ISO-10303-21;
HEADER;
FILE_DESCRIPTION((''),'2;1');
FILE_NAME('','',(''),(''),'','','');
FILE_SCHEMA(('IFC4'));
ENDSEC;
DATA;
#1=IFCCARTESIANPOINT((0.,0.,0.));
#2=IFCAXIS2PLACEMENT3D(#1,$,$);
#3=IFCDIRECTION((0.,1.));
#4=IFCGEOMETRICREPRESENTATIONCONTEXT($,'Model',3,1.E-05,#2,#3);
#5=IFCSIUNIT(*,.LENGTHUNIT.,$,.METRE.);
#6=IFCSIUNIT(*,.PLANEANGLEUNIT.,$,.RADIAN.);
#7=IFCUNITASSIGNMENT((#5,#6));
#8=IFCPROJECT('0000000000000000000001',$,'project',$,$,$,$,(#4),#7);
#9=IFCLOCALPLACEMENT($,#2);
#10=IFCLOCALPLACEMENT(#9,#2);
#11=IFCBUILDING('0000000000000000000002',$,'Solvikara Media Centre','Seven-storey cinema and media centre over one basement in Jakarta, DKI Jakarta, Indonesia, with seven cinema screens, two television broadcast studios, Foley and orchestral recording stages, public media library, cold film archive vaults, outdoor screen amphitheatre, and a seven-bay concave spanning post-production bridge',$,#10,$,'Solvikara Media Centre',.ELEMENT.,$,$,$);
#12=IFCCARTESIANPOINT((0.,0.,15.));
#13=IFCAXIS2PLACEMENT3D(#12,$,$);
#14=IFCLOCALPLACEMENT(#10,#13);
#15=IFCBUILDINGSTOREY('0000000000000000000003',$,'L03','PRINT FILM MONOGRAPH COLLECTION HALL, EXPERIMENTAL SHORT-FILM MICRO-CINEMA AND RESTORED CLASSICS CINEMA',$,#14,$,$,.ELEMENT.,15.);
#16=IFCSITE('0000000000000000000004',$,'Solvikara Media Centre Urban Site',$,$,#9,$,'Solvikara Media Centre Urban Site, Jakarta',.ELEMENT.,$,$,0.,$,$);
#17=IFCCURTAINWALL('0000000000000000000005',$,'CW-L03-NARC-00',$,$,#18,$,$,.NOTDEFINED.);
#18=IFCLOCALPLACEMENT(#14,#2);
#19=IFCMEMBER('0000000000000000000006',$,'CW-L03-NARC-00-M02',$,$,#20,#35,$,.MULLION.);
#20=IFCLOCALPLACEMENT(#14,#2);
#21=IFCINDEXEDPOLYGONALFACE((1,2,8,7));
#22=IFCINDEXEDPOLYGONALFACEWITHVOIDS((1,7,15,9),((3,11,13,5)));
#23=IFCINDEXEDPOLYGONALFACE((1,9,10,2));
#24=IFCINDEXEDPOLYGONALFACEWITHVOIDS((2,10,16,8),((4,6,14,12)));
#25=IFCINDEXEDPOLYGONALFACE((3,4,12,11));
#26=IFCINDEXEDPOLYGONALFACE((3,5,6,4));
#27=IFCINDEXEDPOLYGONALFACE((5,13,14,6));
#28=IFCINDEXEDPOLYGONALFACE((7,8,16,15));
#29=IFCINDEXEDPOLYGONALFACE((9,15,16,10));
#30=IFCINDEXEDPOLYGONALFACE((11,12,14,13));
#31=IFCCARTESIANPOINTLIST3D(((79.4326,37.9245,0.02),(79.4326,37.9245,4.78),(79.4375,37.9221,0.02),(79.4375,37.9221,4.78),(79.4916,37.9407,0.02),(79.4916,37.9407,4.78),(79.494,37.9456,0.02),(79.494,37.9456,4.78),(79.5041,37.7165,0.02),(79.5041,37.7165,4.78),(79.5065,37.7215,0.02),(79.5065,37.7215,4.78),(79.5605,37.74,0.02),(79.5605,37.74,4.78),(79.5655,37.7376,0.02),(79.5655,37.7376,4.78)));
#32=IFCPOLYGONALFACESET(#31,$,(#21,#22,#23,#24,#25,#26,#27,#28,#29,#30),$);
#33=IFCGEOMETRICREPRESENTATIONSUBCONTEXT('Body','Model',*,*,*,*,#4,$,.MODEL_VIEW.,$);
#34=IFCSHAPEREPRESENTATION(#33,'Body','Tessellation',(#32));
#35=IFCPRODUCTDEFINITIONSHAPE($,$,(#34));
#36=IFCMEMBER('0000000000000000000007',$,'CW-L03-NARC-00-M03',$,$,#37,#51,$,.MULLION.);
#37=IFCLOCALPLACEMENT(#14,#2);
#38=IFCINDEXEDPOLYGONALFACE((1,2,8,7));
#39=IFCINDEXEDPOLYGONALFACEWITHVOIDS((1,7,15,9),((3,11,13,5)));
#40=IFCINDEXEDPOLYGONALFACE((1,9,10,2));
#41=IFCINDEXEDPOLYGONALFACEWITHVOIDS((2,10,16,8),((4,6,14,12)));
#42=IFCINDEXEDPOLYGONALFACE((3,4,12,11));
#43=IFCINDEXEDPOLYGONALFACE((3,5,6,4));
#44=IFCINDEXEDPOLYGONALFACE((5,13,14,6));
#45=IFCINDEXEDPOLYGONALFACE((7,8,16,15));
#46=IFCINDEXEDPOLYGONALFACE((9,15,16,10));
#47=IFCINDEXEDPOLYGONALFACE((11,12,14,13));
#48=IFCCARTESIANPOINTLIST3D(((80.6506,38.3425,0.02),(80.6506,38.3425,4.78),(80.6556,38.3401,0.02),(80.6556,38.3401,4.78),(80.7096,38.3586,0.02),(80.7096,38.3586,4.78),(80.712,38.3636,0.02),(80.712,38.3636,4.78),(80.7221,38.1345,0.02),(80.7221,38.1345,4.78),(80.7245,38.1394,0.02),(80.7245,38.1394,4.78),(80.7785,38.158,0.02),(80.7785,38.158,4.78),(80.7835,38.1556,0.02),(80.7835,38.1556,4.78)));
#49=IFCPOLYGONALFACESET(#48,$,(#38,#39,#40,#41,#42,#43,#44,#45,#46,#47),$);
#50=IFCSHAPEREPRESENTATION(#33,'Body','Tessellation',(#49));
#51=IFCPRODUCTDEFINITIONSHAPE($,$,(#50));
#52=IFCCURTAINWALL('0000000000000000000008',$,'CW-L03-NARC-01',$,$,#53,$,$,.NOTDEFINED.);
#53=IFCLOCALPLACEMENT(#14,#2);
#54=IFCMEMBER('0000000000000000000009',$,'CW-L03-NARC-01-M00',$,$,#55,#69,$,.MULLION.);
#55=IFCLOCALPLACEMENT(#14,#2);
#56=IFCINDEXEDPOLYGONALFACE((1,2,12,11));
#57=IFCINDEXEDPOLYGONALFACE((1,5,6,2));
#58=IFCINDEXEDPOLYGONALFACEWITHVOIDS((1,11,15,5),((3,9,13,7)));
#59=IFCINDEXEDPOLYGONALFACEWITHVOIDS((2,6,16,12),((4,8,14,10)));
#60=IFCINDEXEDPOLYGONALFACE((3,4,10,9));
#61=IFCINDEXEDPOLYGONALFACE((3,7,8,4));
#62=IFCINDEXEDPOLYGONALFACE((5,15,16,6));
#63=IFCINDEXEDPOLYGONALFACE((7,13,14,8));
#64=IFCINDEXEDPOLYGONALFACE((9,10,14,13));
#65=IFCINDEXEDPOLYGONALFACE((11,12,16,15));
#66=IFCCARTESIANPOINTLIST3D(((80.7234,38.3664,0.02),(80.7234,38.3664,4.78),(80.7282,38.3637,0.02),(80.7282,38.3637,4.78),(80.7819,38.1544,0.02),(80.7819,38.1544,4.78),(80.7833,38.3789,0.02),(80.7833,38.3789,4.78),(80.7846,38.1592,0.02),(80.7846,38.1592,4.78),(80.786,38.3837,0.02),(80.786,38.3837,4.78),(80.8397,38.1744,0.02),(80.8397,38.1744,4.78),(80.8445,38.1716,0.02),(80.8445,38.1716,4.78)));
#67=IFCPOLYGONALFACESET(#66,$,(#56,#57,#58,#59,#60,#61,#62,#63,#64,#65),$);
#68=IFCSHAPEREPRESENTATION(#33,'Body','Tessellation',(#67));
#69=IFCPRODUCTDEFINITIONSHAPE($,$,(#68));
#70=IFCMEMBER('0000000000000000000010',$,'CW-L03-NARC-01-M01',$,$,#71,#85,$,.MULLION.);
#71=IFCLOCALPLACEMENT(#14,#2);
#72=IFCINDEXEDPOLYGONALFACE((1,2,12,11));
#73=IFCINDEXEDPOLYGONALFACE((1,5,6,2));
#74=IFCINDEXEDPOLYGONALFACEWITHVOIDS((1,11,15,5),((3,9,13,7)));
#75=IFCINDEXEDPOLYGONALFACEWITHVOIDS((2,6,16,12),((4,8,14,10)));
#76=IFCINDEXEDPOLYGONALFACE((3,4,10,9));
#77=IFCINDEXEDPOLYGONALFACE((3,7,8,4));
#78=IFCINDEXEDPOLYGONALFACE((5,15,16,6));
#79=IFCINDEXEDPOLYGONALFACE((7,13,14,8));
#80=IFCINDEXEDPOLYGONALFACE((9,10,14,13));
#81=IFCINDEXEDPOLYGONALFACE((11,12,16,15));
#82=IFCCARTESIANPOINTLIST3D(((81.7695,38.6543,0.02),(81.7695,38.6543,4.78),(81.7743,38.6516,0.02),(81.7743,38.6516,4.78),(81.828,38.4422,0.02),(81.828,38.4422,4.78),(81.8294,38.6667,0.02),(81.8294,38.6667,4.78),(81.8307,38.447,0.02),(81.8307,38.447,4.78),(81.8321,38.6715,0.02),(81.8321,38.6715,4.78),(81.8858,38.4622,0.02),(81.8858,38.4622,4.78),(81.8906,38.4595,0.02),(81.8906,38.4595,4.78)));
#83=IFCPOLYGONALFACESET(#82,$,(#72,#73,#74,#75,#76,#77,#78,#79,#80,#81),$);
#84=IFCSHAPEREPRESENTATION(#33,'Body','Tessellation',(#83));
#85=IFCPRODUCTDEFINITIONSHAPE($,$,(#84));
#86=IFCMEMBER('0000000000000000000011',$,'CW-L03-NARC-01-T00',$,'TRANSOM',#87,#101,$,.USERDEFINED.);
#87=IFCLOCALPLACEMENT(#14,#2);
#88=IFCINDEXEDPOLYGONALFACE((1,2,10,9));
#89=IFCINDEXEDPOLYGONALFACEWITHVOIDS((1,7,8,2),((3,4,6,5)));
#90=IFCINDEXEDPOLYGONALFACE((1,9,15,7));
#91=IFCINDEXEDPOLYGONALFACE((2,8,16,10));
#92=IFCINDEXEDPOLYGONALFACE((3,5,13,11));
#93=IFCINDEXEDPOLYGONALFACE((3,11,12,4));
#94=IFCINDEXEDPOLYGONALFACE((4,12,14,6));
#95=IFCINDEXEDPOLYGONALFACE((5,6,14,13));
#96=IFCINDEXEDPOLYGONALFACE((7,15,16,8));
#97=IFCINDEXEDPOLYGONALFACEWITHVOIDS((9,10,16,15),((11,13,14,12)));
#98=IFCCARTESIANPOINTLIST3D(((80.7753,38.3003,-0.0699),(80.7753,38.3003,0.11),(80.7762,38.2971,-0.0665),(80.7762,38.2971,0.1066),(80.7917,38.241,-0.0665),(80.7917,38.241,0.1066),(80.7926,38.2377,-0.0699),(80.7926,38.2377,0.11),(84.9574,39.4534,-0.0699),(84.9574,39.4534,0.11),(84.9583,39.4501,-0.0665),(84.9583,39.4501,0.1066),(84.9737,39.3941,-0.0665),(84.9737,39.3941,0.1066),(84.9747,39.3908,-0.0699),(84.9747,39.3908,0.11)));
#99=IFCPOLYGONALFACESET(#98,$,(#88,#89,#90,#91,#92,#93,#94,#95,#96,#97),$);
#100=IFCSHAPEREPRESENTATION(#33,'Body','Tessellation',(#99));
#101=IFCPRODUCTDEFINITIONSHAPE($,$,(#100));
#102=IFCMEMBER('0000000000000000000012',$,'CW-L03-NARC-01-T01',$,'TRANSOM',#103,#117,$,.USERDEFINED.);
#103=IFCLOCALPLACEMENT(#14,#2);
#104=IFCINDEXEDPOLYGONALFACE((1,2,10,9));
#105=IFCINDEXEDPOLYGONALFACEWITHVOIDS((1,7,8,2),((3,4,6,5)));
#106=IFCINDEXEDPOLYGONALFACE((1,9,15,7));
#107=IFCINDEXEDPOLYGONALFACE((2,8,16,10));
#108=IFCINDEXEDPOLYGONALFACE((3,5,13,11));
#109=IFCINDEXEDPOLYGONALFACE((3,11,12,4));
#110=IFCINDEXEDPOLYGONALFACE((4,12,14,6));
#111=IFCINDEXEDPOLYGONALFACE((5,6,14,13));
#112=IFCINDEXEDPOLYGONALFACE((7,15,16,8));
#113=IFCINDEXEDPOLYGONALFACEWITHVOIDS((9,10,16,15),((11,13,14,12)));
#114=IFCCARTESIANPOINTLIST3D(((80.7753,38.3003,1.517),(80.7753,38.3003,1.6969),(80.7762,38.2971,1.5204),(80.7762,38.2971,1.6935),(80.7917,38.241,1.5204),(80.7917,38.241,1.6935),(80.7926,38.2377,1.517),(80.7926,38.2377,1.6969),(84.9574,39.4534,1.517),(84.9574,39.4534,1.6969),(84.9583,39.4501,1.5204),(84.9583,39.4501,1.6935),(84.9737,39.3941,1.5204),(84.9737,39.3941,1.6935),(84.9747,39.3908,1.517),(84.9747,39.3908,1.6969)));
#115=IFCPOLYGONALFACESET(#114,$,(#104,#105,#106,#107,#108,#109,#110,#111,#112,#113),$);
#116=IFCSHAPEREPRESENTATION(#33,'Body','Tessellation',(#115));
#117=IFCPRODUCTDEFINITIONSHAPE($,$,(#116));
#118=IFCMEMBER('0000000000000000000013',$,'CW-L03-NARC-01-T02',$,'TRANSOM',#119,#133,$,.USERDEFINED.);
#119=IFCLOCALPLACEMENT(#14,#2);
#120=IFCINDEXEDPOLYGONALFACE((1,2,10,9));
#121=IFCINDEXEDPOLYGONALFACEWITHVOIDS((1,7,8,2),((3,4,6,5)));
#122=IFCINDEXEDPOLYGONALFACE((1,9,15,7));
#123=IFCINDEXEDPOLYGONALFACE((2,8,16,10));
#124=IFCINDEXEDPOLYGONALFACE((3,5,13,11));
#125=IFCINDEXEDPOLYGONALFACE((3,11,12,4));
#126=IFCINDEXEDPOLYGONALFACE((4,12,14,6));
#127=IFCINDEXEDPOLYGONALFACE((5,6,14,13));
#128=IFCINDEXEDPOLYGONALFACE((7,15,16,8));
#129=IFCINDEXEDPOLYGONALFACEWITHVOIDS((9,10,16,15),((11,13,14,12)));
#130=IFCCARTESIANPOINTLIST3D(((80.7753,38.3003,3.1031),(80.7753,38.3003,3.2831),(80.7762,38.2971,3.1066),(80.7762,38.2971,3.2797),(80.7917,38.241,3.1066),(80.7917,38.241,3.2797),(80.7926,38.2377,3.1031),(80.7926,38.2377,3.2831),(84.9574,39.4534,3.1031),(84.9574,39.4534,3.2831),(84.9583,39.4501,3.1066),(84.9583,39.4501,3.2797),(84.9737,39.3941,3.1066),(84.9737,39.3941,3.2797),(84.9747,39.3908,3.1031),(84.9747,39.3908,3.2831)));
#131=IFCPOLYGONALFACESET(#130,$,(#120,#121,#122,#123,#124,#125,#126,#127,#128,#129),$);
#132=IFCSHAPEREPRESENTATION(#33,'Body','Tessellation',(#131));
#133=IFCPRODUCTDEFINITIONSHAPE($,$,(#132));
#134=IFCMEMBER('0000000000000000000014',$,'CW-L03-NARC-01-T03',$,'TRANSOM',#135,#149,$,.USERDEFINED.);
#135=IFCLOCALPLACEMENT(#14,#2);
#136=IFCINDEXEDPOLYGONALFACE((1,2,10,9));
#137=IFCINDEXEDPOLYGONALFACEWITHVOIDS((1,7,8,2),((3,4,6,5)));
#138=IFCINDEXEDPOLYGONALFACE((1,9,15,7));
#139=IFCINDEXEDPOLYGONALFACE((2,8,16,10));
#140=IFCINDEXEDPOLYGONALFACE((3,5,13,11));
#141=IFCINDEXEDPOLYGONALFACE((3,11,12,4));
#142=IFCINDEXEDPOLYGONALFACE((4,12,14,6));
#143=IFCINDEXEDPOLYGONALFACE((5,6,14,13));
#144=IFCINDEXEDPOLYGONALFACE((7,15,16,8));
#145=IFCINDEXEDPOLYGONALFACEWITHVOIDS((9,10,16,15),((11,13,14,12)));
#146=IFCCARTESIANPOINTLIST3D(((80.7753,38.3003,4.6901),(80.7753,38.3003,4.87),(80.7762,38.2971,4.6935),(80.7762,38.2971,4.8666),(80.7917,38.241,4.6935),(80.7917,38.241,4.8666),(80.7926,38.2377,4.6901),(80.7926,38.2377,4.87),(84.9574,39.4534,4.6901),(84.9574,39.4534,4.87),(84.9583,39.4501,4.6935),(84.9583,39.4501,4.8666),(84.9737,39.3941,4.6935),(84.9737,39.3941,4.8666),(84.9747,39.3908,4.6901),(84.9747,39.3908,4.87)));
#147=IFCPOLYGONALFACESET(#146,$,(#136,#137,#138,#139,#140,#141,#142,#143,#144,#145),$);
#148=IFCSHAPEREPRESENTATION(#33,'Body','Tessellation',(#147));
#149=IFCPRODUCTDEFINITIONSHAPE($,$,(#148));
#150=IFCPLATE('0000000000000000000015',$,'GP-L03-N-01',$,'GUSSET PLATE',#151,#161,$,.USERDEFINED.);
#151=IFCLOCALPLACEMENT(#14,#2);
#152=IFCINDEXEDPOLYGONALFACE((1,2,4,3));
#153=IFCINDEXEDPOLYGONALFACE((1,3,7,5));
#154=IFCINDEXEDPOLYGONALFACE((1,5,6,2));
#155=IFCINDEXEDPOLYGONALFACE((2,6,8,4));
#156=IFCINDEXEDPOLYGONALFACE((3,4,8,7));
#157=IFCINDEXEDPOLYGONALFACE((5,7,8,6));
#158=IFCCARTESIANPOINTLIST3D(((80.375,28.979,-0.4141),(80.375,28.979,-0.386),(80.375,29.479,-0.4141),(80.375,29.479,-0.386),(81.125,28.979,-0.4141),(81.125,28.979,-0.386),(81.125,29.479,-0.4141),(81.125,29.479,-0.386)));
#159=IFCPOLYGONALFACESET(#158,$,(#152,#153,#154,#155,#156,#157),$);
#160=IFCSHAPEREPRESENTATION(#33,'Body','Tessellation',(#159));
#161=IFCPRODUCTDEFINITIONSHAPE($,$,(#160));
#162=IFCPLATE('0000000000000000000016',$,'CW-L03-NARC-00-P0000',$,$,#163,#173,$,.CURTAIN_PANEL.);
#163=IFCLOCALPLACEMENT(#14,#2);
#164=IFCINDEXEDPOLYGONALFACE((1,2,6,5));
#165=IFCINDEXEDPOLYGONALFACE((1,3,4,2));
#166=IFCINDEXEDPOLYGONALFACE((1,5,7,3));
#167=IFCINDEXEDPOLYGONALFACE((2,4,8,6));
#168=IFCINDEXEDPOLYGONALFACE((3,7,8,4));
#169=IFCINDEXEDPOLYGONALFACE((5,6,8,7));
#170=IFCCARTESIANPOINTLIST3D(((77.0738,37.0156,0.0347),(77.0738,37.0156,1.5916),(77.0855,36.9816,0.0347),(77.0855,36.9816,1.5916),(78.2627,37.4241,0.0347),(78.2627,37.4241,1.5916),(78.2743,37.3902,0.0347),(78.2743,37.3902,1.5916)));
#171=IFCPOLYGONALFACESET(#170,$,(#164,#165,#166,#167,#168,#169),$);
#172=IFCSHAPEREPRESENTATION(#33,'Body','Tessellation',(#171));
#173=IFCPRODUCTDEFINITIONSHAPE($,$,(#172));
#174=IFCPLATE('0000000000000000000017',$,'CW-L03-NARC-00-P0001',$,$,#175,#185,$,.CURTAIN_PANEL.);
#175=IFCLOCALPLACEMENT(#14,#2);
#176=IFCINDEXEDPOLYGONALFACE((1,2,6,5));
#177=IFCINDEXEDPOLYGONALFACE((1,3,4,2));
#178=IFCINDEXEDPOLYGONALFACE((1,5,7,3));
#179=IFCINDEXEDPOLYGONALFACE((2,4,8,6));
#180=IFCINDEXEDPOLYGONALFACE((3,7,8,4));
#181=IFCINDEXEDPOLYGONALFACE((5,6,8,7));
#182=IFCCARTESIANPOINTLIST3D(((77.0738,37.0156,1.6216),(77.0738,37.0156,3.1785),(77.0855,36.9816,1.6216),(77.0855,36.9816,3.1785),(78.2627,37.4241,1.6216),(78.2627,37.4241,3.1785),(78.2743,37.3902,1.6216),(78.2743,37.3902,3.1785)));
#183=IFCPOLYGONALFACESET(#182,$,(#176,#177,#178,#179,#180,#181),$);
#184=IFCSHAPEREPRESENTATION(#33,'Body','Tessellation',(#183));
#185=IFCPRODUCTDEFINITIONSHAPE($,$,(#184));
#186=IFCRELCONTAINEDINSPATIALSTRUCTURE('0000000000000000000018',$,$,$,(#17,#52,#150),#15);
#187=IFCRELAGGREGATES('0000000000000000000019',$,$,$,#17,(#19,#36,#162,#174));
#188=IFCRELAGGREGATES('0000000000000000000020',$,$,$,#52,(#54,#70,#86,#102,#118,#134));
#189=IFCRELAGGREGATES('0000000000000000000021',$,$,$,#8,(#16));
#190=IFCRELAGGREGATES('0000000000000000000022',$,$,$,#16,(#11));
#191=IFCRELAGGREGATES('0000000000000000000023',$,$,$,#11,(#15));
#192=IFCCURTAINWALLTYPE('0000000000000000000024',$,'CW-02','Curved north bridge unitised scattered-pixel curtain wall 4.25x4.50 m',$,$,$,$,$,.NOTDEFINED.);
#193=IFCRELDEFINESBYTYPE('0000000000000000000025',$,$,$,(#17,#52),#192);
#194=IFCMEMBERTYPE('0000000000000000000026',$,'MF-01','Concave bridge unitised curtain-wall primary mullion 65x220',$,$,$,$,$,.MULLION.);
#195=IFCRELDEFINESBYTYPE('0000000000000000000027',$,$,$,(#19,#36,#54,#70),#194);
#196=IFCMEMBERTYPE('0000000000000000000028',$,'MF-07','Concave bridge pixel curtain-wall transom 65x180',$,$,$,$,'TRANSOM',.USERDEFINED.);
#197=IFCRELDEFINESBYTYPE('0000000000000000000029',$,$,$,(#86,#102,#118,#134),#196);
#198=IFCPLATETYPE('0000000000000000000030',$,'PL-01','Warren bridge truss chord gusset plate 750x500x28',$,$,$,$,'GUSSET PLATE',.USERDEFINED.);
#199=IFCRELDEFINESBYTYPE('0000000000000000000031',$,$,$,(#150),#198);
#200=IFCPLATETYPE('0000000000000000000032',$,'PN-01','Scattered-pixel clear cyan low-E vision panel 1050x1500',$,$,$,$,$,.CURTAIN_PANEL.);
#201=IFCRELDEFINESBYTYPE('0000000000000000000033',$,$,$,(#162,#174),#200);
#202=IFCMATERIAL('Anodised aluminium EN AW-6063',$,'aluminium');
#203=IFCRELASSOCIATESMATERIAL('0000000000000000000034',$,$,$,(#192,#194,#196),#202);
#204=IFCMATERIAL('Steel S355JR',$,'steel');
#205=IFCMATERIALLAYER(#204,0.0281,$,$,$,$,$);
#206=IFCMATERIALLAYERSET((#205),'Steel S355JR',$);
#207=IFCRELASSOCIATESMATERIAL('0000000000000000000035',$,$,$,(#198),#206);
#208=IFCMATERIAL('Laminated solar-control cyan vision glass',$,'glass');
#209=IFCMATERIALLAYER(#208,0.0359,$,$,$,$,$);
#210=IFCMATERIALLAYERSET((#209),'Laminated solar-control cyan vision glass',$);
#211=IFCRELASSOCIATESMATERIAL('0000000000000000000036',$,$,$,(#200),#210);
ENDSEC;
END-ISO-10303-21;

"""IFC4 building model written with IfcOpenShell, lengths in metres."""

from ifc_helpers import new_model, si_unit, direction, frame, origin, origin_2d, place, context, subcontext, project, spatial, rectangle, hollow_rectangle, extrude, material, layer, layer_set, material_profile, profile_set, type_object, element, aggregate, save


model = new_model("IFC4")

# Units and contexts
model_context = context("Model", 3, precision=1e-05, world=origin(), true_north=direction((0.0, 1.0)))
body_context = subcontext(model_context, "Body", "Model", "MODEL_VIEW")
ifc_project = project(units=[si_unit("LENGTHUNIT", "METRE"), si_unit("PLANEANGLEUNIT", "RADIAN")], contexts=[model_context])

# Site, building, storey
site_placement = place(None, origin())
site = spatial("IfcSite", under=ifc_project, at=site_placement, Name="Solvikara Media Centre Urban Site", LongName="Solvikara Media Centre Urban Site, Jakarta", CompositionType="ELEMENT", RefElevation=0.0)
building_placement = place(site_placement, origin())
building = spatial("IfcBuilding", under=site, at=building_placement, Name="Solvikara Media Centre", Description="Seven-storey cinema and media centre over one basement in Jakarta, DKI Jakarta, Indonesia, with seven cinema screens, two television broadcast studios, Foley and orchestral recording stages, public media library, cold film archive vaults, outdoor screen amphitheatre, and a seven-bay concave spanning post-production bridge", LongName="Solvikara Media Centre", CompositionType="ELEMENT")
storey_placement = place(building_placement, frame((0.0, 0.0, 15.0)))
storey = spatial("IfcBuildingStorey", under=building, at=storey_placement, Name="L03", Description="PRINT FILM MONOGRAPH COLLECTION HALL, EXPERIMENTAL SHORT-FILM MICRO-CINEMA AND RESTORED CLASSICS CINEMA", CompositionType="ELEMENT", Elevation=15.0)

# Shared definitions
ifc_material_1 = material(Name="Steel S355JR", Category="steel")

# Curtain walls, members
ifc_material_2 = material(Name="Anodised aluminium EN AW-6063", Category="aluminium")
curtain_wall_type = type_object("IfcCurtainWallType", Name="CW-02", Description="Curved north bridge unitised scattered-pixel curtain wall 4.25x4.50 m", PredefinedType="NOTDEFINED", material=ifc_material_2)
curtain_wall_1_placement = place(storey_placement, origin())
curtain_wall_1 = element("IfcCurtainWall", 1, at=curtain_wall_1_placement, inside=storey, type_object=curtain_wall_type, Name="CW-L03-NARC-00", PredefinedType="NOTDEFINED")
ifc_material_profile_1 = material_profile(ifc_material_2, hollow_rectangle(XDim=0.0649, YDim=0.22, WallThickness=0.0039, at=origin_2d()), Name="ALU-M 65x220x4")
ifc_profile_set_1 = profile_set([ifc_material_profile_1], Name="Anodised aluminium EN AW-6063")
member_type_1 = type_object("IfcMemberType", Name="MF-01", Description="Concave bridge unitised curtain-wall primary mullion 65x220", PredefinedType="MULLION", material=ifc_profile_set_1)
member_1_placement = place(storey_placement, frame((79.499, 37.8311, 0.02), z_axis=(0.0, 0.0, 1.0), x_axis=(0.945717, 0.324991, 0.0)))
member_1 = element("IfcMember", 2, at=member_1_placement, type_object=member_type_1, Name="CW-L03-NARC-00-M02", PredefinedType="MULLION", context=body_context, shape_type="SweptSolid", body=[
    extrude(hollow_rectangle(XDim=0.0649, YDim=0.22, WallThickness=0.0039, at=origin_2d()), origin(), (0.0, 0.0, 1.0), 4.76),
])
member_2_placement = place(storey_placement, frame((80.717, 38.249, 0.02), z_axis=(0.0, 0.0, 1.0), x_axis=(0.945717, 0.324991, 0.0)))
member_2 = element("IfcMember", 3, at=member_2_placement, type_object=member_type_1, Name="CW-L03-NARC-00-M03", PredefinedType="MULLION", context=body_context, shape_type="SweptSolid", body=[
    extrude(hollow_rectangle(XDim=0.0649, YDim=0.22, WallThickness=0.0039, at=origin_2d()), origin(), (0.0, 0.0, 1.0), 4.76),
])
curtain_wall_2_placement = place(storey_placement, origin())
curtain_wall_2 = element("IfcCurtainWall", 4, at=curtain_wall_2_placement, inside=storey, type_object=curtain_wall_type, Name="CW-L03-NARC-01", PredefinedType="NOTDEFINED")
member_3_placement = place(storey_placement, frame((80.7839, 38.269, 0.02), z_axis=(0.0, 0.0, 1.0), x_axis=(0.96403, 0.265792, 0.0)))
member_3 = element("IfcMember", 5, at=member_3_placement, type_object=member_type_1, Name="CW-L03-NARC-01-M00", PredefinedType="MULLION", context=body_context, shape_type="SweptSolid", body=[
    extrude(hollow_rectangle(XDim=0.0649, YDim=0.22, WallThickness=0.0039, at=origin_2d()), origin(), (0.0, 0.0, 1.0), 4.76),
])
member_4_placement = place(storey_placement, frame((81.8301, 38.5569, 0.02), z_axis=(0.0, 0.0, 1.0), x_axis=(0.96403, 0.265792, 0.0)))
member_4 = element("IfcMember", 6, at=member_4_placement, type_object=member_type_1, Name="CW-L03-NARC-01-M01", PredefinedType="MULLION", context=body_context, shape_type="SweptSolid", body=[
    extrude(hollow_rectangle(XDim=0.0649, YDim=0.22, WallThickness=0.0039, at=origin_2d()), origin(), (0.0, 0.0, 1.0), 4.76),
])
ifc_material_profile_2 = material_profile(ifc_material_2, hollow_rectangle(XDim=0.0649, YDim=0.1799, WallThickness=0.0034, at=origin_2d()), Name="ALU-T 65x180x3.5")
ifc_profile_set_2 = profile_set([ifc_material_profile_2], Name="Anodised aluminium EN AW-6063")
member_type_2 = type_object("IfcMemberType", Name="MF-07", Description="Concave bridge pixel curtain-wall transom 65x180", ElementType="TRANSOM", PredefinedType="USERDEFINED", material=ifc_profile_set_2)
member_5_placement = place(storey_placement, frame((80.7839, 38.269, 0.02), z_axis=(0.964029, 0.265797, 0.0), x_axis=(-0.265797, 0.964029, 0.0)))
member_5 = element("IfcMember", 7, at=member_5_placement, type_object=member_type_2, Name="CW-L03-NARC-01-T00", ObjectType="TRANSOM", PredefinedType="USERDEFINED", context=body_context, shape_type="SweptSolid", body=[
    extrude(hollow_rectangle(XDim=0.0649, YDim=0.1799, WallThickness=0.0034, at=origin_2d()), origin(), (0.0, 0.0, 1.0), 4.3381),
])
member_6_placement = place(storey_placement, frame((80.7839, 38.269, 1.6069), z_axis=(0.964029, 0.265797, 0.0), x_axis=(-0.265797, 0.964029, 0.0)))
member_6 = element("IfcMember", 8, at=member_6_placement, type_object=member_type_2, Name="CW-L03-NARC-01-T01", ObjectType="TRANSOM", PredefinedType="USERDEFINED", context=body_context, shape_type="SweptSolid", body=[
    extrude(hollow_rectangle(XDim=0.0649, YDim=0.1799, WallThickness=0.0034, at=origin_2d()), origin(), (0.0, 0.0, 1.0), 4.3381),
])
member_7_placement = place(storey_placement, frame((80.7839, 38.269, 3.1931), z_axis=(0.964029, 0.265797, 0.0), x_axis=(-0.265797, 0.964029, 0.0)))
member_7 = element("IfcMember", 9, at=member_7_placement, type_object=member_type_2, Name="CW-L03-NARC-01-T02", ObjectType="TRANSOM", PredefinedType="USERDEFINED", context=body_context, shape_type="SweptSolid", body=[
    extrude(hollow_rectangle(XDim=0.0649, YDim=0.1799, WallThickness=0.0034, at=origin_2d()), origin(), (0.0, 0.0, 1.0), 4.3381),
])
member_8_placement = place(storey_placement, frame((80.7839, 38.269, 4.78), z_axis=(0.964029, 0.265797, 0.0), x_axis=(-0.265797, 0.964029, 0.0)))
member_8 = element("IfcMember", 10, at=member_8_placement, type_object=member_type_2, Name="CW-L03-NARC-01-T03", ObjectType="TRANSOM", PredefinedType="USERDEFINED", context=body_context, shape_type="SweptSolid", body=[
    extrude(hollow_rectangle(XDim=0.0649, YDim=0.1799, WallThickness=0.0034, at=origin_2d()), origin(), (0.0, 0.0, 1.0), 4.3381),
])

# Plates
ifc_layer_1 = layer(ifc_material_1, 0.0281)
ifc_layer_set_1 = layer_set([ifc_layer_1], Name="Steel S355JR")
plate_type_1 = type_object("IfcPlateType", Name="PL-01", Description="Warren bridge truss chord gusset plate 750x500x28", ElementType="GUSSET PLATE", PredefinedType="USERDEFINED", material=ifc_layer_set_1)
plate_1_placement = place(storey_placement, frame((80.75, 29.229, -0.4141), z_axis=(0.0, 0.0, 1.0), x_axis=(1.0, 0.0, 0.0)))
element("IfcPlate", 11, at=plate_1_placement, inside=storey, type_object=plate_type_1, Name="GP-L03-N-01", ObjectType="GUSSET PLATE", PredefinedType="USERDEFINED", context=body_context, shape_type="SweptSolid", body=[
    extrude(rectangle(XDim=0.75, YDim=0.5, at=origin_2d()), origin(), (0.0, 0.0, 1.0), 0.0281),
])
ifc_material_3 = material(Name="Laminated solar-control cyan vision glass", Category="glass")
ifc_layer_2 = layer(ifc_material_3, 0.0359)
ifc_layer_set_2 = layer_set([ifc_layer_2], Name="Laminated solar-control cyan vision glass")
plate_type_2 = type_object("IfcPlateType", Name="PN-01", Description="Scattered-pixel clear cyan low-E vision panel 1050x1500", PredefinedType="CURTAIN_PANEL", material=ifc_layer_set_2)
plate_2_placement = place(storey_placement, frame((77.6741, 37.2029, 0.0347), z_axis=(0.0, 0.0, 1.0), x_axis=(0.945717, 0.324991, 0.0)))
plate_2 = element("IfcPlate", 12, at=plate_2_placement, type_object=plate_type_2, Name="CW-L03-NARC-00-P0000", PredefinedType="CURTAIN_PANEL", context=body_context, shape_type="SweptSolid", body=[
    extrude(rectangle(XDim=1.2571, YDim=0.0359, at=origin_2d()), origin(), (0.0, 0.0, 1.0), 1.5569),
])
plate_3_placement = place(storey_placement, frame((77.6741, 37.2029, 1.6216), z_axis=(0.0, 0.0, 1.0), x_axis=(0.945717, 0.324991, 0.0)))
plate_3 = element("IfcPlate", 13, at=plate_3_placement, type_object=plate_type_2, Name="CW-L03-NARC-00-P0001", PredefinedType="CURTAIN_PANEL", context=body_context, shape_type="SweptSolid", body=[
    extrude(rectangle(XDim=1.2571, YDim=0.0359, at=origin_2d()), origin(), (0.0, 0.0, 1.0), 1.5569),
])
aggregate(curtain_wall_1, [member_1, member_2, plate_2, plate_3])
aggregate(curtain_wall_2, [member_3, member_4, member_5, member_6, member_7, member_8])

save(model, "model.ifc")
